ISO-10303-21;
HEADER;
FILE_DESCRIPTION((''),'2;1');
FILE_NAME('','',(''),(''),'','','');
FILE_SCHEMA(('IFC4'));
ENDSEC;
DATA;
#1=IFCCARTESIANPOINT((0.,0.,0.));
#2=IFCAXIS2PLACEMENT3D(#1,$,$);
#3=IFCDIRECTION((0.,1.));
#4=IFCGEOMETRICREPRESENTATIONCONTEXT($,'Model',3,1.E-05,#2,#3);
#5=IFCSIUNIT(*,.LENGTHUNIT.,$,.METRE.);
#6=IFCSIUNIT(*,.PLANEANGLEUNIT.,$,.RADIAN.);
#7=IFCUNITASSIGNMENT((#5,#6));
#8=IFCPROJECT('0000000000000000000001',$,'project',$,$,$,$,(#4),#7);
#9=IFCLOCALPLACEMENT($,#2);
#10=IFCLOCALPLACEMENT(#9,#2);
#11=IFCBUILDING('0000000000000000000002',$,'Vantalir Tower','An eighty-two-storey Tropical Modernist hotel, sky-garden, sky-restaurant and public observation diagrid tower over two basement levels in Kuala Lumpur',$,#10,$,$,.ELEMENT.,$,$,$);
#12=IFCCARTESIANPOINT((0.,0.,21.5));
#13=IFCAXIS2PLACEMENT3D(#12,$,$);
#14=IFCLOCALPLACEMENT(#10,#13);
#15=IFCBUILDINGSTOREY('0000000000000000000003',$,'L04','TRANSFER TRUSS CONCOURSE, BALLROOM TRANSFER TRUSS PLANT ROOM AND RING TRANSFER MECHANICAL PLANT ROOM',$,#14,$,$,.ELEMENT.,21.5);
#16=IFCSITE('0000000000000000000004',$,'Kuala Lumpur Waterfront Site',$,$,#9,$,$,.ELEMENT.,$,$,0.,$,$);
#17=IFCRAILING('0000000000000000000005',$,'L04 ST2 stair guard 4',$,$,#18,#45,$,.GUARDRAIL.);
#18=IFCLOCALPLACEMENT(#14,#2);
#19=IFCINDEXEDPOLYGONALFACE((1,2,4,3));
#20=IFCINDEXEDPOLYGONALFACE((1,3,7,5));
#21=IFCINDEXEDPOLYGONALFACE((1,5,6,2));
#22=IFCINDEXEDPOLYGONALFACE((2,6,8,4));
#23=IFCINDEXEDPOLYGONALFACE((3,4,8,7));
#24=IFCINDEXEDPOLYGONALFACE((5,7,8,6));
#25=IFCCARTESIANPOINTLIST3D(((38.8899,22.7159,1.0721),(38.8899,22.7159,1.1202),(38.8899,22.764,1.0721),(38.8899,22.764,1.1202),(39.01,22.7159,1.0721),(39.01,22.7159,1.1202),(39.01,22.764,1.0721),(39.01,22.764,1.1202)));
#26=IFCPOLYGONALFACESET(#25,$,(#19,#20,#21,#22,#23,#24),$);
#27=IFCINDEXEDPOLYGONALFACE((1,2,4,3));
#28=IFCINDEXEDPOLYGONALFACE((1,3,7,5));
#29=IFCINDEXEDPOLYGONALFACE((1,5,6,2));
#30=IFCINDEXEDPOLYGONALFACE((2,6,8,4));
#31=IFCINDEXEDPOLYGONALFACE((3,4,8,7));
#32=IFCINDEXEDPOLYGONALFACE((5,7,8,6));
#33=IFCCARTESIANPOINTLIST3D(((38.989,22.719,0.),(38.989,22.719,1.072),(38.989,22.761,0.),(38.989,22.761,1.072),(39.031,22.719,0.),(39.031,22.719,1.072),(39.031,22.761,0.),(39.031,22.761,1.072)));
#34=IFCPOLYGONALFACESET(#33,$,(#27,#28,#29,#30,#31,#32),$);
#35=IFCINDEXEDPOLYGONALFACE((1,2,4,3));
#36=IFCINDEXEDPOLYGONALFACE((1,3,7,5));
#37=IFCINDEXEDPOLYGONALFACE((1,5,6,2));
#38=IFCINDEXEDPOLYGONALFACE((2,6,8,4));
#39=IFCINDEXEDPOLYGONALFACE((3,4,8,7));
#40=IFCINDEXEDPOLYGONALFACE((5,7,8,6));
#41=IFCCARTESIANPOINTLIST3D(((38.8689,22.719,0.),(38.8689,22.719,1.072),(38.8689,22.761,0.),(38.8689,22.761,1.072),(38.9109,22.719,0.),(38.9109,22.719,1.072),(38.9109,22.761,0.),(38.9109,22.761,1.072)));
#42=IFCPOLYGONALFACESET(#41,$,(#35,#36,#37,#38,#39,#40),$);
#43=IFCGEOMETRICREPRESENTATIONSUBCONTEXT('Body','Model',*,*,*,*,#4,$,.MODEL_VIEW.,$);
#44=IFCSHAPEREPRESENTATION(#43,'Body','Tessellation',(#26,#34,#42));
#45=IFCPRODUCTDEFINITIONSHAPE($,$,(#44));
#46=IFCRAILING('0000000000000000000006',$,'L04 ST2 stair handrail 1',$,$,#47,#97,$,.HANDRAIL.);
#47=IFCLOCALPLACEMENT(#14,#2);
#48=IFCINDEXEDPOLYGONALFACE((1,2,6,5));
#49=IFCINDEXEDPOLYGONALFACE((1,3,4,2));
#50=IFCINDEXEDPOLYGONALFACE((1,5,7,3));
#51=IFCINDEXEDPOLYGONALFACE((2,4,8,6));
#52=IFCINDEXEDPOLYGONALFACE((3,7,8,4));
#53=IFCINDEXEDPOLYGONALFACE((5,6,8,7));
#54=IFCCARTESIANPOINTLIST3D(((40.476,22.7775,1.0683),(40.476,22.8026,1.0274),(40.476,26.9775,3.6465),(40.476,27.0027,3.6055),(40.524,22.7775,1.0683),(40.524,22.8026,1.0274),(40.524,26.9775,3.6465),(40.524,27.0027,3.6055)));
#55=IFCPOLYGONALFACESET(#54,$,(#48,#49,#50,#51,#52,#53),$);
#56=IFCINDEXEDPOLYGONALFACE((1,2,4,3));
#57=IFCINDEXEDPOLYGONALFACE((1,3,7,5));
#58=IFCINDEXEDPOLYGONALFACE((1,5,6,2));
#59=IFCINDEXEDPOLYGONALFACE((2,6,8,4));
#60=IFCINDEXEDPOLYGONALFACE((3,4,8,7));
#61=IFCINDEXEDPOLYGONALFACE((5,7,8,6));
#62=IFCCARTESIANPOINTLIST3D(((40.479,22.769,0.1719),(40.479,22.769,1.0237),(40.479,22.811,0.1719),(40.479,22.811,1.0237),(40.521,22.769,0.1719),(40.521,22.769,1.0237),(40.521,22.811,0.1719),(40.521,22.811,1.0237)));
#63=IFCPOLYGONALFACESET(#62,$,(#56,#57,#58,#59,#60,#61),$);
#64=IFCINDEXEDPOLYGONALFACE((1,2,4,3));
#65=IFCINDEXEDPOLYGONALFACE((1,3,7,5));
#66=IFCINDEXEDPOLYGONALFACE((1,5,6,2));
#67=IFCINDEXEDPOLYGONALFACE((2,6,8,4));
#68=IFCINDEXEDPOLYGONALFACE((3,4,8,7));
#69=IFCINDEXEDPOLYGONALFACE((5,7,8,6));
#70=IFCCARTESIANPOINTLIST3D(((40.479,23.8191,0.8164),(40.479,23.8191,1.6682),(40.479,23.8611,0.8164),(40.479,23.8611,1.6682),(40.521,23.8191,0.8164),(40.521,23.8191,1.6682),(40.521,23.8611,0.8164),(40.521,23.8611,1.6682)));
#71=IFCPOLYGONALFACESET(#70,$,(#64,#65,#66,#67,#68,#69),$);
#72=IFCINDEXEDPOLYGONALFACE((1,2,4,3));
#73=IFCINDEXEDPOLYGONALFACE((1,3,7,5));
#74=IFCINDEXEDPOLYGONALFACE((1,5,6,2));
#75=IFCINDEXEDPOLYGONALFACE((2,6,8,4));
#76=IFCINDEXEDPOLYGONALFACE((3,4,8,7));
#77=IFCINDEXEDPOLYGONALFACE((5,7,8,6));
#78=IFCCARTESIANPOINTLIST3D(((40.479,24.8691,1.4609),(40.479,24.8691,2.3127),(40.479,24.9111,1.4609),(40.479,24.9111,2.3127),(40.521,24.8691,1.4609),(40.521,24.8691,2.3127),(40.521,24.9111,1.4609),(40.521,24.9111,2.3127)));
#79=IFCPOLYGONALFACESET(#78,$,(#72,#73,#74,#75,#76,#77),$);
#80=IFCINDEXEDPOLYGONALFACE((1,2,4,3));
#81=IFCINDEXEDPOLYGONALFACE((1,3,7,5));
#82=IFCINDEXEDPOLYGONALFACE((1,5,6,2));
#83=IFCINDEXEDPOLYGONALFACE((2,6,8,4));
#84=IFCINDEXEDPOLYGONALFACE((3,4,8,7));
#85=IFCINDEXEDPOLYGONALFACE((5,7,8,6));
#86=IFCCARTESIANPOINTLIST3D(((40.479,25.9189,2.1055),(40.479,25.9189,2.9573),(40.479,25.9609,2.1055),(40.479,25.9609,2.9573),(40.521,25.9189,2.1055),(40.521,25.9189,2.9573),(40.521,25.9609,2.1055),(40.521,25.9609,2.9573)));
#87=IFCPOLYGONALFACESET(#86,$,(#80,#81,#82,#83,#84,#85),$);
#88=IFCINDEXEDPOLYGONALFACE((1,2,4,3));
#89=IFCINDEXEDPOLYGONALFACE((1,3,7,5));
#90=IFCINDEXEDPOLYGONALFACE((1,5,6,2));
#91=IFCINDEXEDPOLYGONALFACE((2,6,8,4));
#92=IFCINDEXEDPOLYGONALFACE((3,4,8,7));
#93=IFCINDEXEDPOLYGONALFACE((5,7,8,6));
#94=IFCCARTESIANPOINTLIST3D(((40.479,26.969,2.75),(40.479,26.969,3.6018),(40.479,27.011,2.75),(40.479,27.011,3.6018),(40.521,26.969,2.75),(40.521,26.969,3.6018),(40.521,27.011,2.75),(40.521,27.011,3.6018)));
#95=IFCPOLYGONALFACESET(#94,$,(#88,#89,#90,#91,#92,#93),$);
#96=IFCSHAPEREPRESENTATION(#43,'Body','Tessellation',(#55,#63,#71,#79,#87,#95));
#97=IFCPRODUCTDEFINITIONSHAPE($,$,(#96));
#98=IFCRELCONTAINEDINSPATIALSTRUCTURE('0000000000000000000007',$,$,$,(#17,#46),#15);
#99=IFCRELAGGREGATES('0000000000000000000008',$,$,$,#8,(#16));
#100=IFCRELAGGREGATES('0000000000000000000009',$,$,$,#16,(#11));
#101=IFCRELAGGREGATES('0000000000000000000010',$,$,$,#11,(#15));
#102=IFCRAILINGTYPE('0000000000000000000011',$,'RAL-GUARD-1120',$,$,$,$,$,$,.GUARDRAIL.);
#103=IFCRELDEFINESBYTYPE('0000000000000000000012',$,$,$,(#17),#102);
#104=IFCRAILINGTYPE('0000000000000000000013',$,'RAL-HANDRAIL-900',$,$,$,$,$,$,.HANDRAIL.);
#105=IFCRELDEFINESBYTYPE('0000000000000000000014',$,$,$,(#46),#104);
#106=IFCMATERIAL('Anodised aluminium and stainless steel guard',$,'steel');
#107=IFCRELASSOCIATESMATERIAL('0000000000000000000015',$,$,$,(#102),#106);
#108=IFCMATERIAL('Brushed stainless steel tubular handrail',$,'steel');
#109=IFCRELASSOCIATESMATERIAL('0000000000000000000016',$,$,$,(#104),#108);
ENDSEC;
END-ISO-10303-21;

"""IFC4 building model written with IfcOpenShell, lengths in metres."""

from ifc_helpers import new_model, si_unit, direction, frame, origin, origin_2d, place, context, subcontext, project, spatial, rectangle, extrude, material, type_object, element, save


model = new_model("IFC4")

# Units and contexts
model_context = context("Model", 3, precision=1e-05, world=origin(), true_north=direction((0.0, 1.0)))
body_context = subcontext(model_context, "Body", "Model", "MODEL_VIEW")
ifc_project = project(units=[si_unit("LENGTHUNIT", "METRE"), si_unit("PLANEANGLEUNIT", "RADIAN")], contexts=[model_context])

# Site, building, storey
site_placement = place(None, origin())
site = spatial("IfcSite", under=ifc_project, at=site_placement, Name="Kuala Lumpur Waterfront Site", CompositionType="ELEMENT", RefElevation=0.0)
building_placement = place(site_placement, origin())
building = spatial("IfcBuilding", under=site, at=building_placement, Name="Vantalir Tower", Description="An eighty-two-storey Tropical Modernist hotel, sky-garden, sky-restaurant and public observation diagrid tower over two basement levels in Kuala Lumpur", CompositionType="ELEMENT")
storey_placement = place(building_placement, frame((0.0, 0.0, 21.5)))
storey = spatial("IfcBuildingStorey", under=building, at=storey_placement, Name="L04", Description="TRANSFER TRUSS CONCOURSE, BALLROOM TRANSFER TRUSS PLANT ROOM AND RING TRANSFER MECHANICAL PLANT ROOM", CompositionType="ELEMENT", Elevation=21.5)

# Railings
ifc_material_1 = material(Name="Anodised aluminium and stainless steel guard", Category="steel")
railing_type_1 = type_object("IfcRailingType", Name="RAL-GUARD-1120", PredefinedType="GUARDRAIL", material=ifc_material_1)
railing_1_placement = place(storey_placement, frame((39.01, 22.74, 0.0)))
element("IfcRailing", 1, at=railing_1_placement, inside=storey, type_object=railing_type_1, Name="L04 ST2 stair guard 4", PredefinedType="GUARDRAIL", context=body_context, shape_type="SweptSolid", body=[
    extrude(rectangle(XDim=0.0481, YDim=0.0481, at=origin_2d()), frame((0.0, 0.0, 1.0962), z_axis=(-1.0, 0.0, 0.0), x_axis=(0.0, -1.0, 0.0)), (0.0, 0.0, 1.0), 0.1201),
    extrude(rectangle(XDim=0.042, YDim=0.042, at=origin_2d()), origin(), (0.0, 0.0, 1.0), 1.072),
    extrude(rectangle(XDim=0.042, YDim=0.042, at=origin_2d()), frame((-0.1201, 0.0, 0.0)), (0.0, 0.0, 1.0), 1.072),
])
ifc_material_2 = material(Name="Brushed stainless steel tubular handrail", Category="steel")
railing_type_2 = type_object("IfcRailingType", Name="RAL-HANDRAIL-900", PredefinedType="HANDRAIL", material=ifc_material_2)
railing_2_placement = place(storey_placement, frame((40.5, 22.79, 0.1719)))
element("IfcRailing", 2, at=railing_2_placement, inside=storey, type_object=railing_type_2, Name="L04 ST2 stair handrail 1", PredefinedType="HANDRAIL", context=body_context, shape_type="SweptSolid", body=[
    extrude(rectangle(XDim=0.0481, YDim=0.0481, at=origin_2d()), frame((0.0, 0.0, 0.876), z_axis=(0.0, 0.852243, 0.523146), x_axis=(-1.0, 0.0, 0.0)), (0.0, 0.0, 1.0), 4.9282),
    extrude(rectangle(XDim=0.042, YDim=0.042, at=origin_2d()), origin(), (0.0, 0.0, 1.0), 0.8518),
    extrude(rectangle(XDim=0.042, YDim=0.042, at=origin_2d()), frame((0.0, 1.05, 0.6445)), (0.0, 0.0, 1.0), 0.8518),
    extrude(rectangle(XDim=0.042, YDim=0.042, at=origin_2d()), frame((0.0, 2.1001, 1.2891)), (0.0, 0.0, 1.0), 0.8518),
    extrude(rectangle(XDim=0.042, YDim=0.042, at=origin_2d()), frame((0.0, 3.1499, 1.9336)), (0.0, 0.0, 1.0), 0.8518),
    extrude(rectangle(XDim=0.042, YDim=0.042, at=origin_2d()), frame((0.0, 4.2, 2.5781)), (0.0, 0.0, 1.0), 0.8518),
])

save(model, "model.ifc")
